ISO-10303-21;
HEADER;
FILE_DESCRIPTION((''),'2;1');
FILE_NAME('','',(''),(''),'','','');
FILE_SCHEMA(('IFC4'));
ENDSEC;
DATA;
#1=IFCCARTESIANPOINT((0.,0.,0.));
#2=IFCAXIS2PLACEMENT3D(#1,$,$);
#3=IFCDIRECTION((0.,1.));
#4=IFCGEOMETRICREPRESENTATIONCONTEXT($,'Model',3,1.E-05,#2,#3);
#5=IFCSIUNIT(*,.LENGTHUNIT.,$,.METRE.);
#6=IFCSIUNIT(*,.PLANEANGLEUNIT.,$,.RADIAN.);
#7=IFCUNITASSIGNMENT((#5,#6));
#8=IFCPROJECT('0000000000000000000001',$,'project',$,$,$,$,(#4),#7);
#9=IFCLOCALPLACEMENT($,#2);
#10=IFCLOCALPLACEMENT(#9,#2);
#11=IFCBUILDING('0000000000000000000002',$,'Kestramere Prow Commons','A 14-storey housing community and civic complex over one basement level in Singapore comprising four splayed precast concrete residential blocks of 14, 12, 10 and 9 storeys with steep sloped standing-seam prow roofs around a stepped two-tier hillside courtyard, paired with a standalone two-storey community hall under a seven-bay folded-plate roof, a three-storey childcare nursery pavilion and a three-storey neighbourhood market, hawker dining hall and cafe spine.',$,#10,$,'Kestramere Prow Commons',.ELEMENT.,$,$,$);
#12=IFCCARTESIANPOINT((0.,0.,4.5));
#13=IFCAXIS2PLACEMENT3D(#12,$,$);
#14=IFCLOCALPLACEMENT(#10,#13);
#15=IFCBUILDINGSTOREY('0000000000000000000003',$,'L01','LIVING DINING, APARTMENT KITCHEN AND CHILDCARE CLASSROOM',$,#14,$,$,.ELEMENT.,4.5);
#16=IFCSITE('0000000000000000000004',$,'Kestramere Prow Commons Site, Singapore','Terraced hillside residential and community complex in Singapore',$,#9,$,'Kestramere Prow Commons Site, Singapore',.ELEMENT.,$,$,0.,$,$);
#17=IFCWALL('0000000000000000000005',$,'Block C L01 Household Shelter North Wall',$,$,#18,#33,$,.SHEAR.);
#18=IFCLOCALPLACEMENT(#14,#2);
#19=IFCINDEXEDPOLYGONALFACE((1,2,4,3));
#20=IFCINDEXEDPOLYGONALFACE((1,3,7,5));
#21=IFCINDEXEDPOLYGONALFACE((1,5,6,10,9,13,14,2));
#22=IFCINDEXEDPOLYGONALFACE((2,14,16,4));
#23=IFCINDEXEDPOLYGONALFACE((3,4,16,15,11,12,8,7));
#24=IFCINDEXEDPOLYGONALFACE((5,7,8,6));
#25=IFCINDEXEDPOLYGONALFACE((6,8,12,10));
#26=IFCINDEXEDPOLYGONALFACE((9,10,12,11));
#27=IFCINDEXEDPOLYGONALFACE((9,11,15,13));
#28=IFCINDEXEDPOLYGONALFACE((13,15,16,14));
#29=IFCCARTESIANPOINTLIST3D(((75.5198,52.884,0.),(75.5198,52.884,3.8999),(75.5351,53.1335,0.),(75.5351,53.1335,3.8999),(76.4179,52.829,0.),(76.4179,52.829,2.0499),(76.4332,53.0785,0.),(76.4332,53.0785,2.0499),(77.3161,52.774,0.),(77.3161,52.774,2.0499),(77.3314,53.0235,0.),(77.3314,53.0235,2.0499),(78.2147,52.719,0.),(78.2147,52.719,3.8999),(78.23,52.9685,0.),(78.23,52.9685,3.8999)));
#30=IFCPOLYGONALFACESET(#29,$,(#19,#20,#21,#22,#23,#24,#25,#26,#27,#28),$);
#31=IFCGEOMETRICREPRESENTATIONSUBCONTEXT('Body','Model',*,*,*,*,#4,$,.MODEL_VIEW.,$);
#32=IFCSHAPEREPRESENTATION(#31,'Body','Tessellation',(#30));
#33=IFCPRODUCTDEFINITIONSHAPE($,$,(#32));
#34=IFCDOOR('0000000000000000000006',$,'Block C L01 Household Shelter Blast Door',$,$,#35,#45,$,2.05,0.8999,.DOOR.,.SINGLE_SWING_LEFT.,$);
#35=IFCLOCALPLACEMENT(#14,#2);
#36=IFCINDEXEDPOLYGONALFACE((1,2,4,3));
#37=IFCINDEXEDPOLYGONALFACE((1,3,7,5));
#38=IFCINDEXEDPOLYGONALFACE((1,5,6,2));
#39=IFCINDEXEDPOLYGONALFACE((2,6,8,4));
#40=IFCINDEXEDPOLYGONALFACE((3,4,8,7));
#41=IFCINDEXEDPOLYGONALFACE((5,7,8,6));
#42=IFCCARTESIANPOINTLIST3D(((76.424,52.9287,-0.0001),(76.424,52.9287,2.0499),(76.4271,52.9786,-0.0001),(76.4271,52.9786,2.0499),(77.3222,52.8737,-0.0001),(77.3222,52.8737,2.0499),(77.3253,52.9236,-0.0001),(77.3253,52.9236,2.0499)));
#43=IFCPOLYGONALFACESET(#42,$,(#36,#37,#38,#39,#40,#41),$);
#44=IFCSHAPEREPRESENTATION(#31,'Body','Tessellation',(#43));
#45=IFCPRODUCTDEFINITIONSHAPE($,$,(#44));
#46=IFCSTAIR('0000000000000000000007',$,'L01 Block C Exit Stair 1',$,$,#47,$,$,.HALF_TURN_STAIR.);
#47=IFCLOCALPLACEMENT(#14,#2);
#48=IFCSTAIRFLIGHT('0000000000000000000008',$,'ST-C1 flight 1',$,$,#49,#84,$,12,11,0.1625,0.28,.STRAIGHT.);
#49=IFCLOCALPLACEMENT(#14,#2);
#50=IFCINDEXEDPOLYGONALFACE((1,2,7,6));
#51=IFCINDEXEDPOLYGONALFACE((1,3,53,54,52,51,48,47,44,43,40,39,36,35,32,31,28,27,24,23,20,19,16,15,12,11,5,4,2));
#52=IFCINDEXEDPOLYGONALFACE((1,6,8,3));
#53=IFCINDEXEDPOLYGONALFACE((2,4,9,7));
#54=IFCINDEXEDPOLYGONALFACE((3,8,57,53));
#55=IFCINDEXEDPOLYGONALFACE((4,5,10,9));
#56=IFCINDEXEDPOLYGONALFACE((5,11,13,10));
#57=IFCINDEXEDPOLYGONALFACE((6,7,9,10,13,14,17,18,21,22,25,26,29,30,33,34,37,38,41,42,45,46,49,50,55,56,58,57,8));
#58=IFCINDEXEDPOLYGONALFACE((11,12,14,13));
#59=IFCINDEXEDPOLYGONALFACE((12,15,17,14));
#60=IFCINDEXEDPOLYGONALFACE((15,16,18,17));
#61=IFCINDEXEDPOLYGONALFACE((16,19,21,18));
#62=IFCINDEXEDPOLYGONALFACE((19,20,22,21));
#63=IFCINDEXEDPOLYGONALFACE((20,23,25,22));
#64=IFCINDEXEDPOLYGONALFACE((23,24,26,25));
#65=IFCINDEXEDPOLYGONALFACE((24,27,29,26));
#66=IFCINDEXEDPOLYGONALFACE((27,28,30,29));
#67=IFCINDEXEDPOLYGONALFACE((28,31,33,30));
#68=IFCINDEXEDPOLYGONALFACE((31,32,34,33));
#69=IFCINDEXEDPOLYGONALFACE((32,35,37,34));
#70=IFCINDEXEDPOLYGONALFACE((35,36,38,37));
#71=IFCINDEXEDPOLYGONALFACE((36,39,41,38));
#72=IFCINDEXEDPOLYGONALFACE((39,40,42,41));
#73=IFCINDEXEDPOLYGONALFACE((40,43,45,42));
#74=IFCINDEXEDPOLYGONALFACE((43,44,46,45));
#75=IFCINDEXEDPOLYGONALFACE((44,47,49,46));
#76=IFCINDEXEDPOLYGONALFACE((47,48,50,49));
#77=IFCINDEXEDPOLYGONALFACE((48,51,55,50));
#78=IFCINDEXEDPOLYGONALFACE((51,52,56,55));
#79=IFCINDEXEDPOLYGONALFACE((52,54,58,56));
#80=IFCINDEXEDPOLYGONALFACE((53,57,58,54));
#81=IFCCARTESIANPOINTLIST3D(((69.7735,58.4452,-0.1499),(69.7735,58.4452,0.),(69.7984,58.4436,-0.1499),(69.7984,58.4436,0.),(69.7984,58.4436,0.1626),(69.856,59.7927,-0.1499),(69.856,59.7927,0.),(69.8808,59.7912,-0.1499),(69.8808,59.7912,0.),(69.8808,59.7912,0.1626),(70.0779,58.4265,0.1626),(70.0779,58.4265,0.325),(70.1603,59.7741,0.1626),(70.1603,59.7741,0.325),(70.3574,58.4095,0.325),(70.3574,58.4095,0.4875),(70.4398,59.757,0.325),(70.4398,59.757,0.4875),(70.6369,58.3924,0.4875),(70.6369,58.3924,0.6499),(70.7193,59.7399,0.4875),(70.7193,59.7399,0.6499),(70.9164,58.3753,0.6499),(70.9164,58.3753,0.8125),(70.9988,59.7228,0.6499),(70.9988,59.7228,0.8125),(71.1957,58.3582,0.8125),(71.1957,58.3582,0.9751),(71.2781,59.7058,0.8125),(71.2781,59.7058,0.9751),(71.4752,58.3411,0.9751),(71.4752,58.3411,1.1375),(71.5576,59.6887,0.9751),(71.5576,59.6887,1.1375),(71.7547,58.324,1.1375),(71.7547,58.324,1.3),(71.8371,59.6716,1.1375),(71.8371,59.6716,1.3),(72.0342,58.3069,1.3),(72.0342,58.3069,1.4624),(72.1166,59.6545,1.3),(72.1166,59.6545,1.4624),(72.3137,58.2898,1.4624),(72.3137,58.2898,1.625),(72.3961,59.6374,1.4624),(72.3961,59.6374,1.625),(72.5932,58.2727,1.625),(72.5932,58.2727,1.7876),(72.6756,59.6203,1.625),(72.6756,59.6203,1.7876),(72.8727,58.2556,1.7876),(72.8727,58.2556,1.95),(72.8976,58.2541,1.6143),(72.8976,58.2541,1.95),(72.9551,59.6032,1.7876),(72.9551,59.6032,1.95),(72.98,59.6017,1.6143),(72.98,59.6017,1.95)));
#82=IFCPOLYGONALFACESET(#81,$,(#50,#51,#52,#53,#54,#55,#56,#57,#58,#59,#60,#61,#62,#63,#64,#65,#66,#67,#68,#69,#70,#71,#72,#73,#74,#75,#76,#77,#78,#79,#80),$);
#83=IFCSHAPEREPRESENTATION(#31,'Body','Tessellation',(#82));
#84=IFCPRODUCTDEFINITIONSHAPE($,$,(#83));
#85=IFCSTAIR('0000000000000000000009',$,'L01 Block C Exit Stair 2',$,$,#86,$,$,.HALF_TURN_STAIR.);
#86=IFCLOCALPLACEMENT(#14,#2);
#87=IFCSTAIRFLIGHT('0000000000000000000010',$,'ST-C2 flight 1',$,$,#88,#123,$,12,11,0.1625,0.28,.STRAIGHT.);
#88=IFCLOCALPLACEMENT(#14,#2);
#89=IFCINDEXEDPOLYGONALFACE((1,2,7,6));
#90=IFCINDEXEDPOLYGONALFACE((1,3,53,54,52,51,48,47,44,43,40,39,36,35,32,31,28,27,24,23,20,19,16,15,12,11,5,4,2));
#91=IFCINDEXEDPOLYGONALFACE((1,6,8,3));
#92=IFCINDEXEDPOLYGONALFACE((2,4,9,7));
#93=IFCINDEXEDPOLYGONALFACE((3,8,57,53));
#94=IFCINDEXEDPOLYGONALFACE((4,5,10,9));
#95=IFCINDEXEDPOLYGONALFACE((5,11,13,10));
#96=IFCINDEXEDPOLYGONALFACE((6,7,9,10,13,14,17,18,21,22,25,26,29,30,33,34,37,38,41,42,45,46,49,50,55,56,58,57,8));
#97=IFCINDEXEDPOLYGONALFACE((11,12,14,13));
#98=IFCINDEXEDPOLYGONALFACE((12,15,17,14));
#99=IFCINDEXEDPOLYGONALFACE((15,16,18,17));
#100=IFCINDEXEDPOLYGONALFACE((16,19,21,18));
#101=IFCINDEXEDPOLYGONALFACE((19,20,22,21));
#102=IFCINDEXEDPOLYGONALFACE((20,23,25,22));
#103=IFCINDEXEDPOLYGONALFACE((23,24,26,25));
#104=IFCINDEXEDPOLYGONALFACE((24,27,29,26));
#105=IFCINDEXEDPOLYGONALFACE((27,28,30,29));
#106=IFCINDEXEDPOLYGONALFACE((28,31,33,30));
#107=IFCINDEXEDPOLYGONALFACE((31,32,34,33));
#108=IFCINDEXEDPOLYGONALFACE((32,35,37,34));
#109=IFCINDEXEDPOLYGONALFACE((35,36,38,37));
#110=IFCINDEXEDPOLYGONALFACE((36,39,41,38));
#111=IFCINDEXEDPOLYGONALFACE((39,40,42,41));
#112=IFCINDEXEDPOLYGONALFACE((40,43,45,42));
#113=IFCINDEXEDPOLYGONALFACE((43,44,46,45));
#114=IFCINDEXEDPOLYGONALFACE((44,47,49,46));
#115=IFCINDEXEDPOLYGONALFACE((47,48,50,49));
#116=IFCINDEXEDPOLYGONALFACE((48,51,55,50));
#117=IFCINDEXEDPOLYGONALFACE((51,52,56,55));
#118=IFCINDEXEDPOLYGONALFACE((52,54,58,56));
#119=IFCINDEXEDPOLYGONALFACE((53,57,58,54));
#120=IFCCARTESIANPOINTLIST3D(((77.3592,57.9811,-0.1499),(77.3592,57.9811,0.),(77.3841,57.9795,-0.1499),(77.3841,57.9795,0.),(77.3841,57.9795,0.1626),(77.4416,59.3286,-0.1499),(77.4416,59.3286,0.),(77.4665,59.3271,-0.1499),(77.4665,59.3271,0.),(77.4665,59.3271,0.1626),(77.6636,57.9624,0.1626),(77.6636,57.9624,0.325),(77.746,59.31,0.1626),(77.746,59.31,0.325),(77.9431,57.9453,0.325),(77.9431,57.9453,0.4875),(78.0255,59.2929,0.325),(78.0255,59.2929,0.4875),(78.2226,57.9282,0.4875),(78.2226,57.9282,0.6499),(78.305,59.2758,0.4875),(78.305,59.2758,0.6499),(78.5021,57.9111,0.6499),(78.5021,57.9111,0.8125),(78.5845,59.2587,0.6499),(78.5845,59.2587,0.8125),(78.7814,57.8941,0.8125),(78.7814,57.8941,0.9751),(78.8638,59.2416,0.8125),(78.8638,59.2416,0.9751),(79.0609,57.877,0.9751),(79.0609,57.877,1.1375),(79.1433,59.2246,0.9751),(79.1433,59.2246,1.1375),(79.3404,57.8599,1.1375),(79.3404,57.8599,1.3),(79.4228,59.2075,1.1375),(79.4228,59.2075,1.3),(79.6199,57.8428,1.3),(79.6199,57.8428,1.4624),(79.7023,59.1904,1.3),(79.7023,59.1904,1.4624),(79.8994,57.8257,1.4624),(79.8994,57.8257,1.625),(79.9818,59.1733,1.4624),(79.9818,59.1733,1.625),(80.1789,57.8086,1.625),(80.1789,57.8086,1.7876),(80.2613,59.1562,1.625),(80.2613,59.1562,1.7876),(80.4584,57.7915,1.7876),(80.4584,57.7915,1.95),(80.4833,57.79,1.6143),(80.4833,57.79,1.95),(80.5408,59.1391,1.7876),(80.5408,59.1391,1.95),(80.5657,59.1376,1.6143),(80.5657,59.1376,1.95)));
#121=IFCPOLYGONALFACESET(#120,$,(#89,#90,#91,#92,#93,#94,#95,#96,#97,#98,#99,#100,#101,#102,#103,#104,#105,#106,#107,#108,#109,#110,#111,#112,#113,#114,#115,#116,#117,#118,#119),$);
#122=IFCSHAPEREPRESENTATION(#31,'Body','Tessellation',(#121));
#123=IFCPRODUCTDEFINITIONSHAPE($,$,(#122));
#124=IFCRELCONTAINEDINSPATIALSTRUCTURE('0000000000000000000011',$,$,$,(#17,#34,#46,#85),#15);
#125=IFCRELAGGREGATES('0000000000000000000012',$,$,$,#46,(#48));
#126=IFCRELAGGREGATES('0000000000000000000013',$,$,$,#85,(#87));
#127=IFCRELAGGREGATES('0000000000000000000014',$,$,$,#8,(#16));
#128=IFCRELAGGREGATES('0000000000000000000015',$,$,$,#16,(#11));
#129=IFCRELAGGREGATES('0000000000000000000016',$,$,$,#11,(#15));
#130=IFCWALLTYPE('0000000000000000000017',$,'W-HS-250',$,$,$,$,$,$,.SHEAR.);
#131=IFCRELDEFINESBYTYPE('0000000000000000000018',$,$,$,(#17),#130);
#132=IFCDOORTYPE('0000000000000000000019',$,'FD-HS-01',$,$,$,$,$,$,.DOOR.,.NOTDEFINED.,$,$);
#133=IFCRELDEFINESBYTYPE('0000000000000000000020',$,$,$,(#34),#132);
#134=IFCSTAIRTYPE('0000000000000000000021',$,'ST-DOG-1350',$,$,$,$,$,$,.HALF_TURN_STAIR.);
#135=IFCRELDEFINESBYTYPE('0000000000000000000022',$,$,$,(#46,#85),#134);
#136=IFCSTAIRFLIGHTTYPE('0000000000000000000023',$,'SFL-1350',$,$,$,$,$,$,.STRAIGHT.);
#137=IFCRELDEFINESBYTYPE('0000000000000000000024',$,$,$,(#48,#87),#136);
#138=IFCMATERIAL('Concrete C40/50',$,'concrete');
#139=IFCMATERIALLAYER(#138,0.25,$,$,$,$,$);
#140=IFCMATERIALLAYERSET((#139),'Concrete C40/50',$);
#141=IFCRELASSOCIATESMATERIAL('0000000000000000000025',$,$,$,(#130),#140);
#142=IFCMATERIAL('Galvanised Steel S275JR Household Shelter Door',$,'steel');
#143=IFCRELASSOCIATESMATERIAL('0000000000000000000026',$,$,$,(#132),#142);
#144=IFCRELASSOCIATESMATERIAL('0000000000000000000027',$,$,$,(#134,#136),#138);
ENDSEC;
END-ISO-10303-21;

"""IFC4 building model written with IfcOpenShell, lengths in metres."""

from ifc_helpers import new_model, si_unit, direction, frame, frame_2d, origin, place, context, subcontext, project, spatial, polyline, rectangle, outline, extrude, material, layer, layer_set, type_object, element, fill, aggregate, save


model = new_model("IFC4")

# Units and contexts
model_context = context("Model", 3, precision=1e-05, world=origin(), true_north=direction((0.0, 1.0)))
body_context = subcontext(model_context, "Body", "Model", "MODEL_VIEW")
ifc_project = project(units=[si_unit("LENGTHUNIT", "METRE"), si_unit("PLANEANGLEUNIT", "RADIAN")], contexts=[model_context])

# Site, building, storey
site_placement = place(None, origin())
site = spatial("IfcSite", under=ifc_project, at=site_placement, Name="Kestramere Prow Commons Site, Singapore", Description="Terraced hillside residential and community complex in Singapore", LongName="Kestramere Prow Commons Site, Singapore", CompositionType="ELEMENT", RefElevation=0.0)
building_placement = place(site_placement, origin())
building = spatial("IfcBuilding", under=site, at=building_placement, Name="Kestramere Prow Commons", Description="A 14-storey housing community and civic complex over one basement level in Singapore comprising four splayed precast concrete residential blocks of 14, 12, 10 and 9 storeys with steep sloped standing-seam prow roofs around a stepped two-tier hillside courtyard, paired with a standalone two-storey community hall under a seven-bay folded-plate roof, a three-storey childcare nursery pavilion and a three-storey neighbourhood market, hawker dining hall and cafe spine.", LongName="Kestramere Prow Commons", CompositionType="ELEMENT")
storey_placement = place(building_placement, frame((0.0, 0.0, 4.5)))
storey = spatial("IfcBuildingStorey", under=building, at=storey_placement, Name="L01", Description="LIVING DINING, APARTMENT KITCHEN AND CHILDCARE CLASSROOM", CompositionType="ELEMENT", Elevation=4.5)

# Shared definitions
ifc_material_1 = material(Name="Concrete C40/50", Category="concrete")

# Wall, opening, door
ifc_layer_1 = layer(ifc_material_1, 0.25)
ifc_layer_set_1 = layer_set([ifc_layer_1], Name="Concrete C40/50")
wall_type_1 = type_object("IfcWallType", Name="W-HS-250", PredefinedType="SHEAR", material=ifc_layer_set_1)
wall_1_placement = place(storey_placement, frame((75.5273, 53.0088, 0.0), z_axis=(0.0, 0.0, 1.0), x_axis=(0.99813, -0.061128, 0.0)))
wall_1 = element("IfcWall", 1, at=wall_1_placement, inside=storey, type_object=wall_type_1, Name="Block C L01 Household Shelter North Wall", PredefinedType="SHEAR", context=body_context, shape_type="SweptSolid", body=[
    extrude(rectangle(XDim=2.7, YDim=0.25, at=frame_2d((1.3501, 0.0))), origin(), (0.0, 0.0, 1.0), 3.8999),
])
opening_1_placement = place(wall_1_placement, frame((0.8999, 0.0, 0.0)))
opening_1 = element("IfcOpeningElement", 2, at=opening_1_placement, cuts=wall_1, PredefinedType="OPENING", context=body_context, shape_type="SweptSolid", body=[
    extrude(rectangle(XDim=0.8999, YDim=2.05, at=frame_2d((0.45, 1.0249))), frame((0.0, 0.1399, 0.0), z_axis=(0.0, -1.0, 0.0), x_axis=(1.0, 0.0, 0.0)), (0.0, 0.0, 1.0), 0.28),
])
ifc_material_2 = material(Name="Galvanised Steel S275JR Household Shelter Door", Category="steel")
door_type_1 = type_object("IfcDoorType", Name="FD-HS-01", OperationType="NOTDEFINED", PredefinedType="DOOR", material=ifc_material_2)
door_1_placement = place(opening_1_placement, origin())
door_1 = element("IfcDoor", 3, at=door_1_placement, inside=storey, type_object=door_type_1, Name="Block C L01 Household Shelter Blast Door", OperationType="SINGLE_SWING_LEFT", OverallHeight=2.05, OverallWidth=0.8999, PredefinedType="DOOR", context=body_context, shape_type="SweptSolid", body=[
    extrude(rectangle(XDim=0.8999, YDim=2.05, at=frame_2d((0.45, 1.0249))), frame((0.0, 0.0249, 0.0), z_axis=(0.0, -1.0, 0.0), x_axis=(1.0, 0.0, 0.0)), (0.0, 0.0, 1.0), 0.05),
])
fill(opening_1, door_1)

# Stairs, stair flights
stair_type = type_object("IfcStairType", Name="ST-DOG-1350", PredefinedType="HALF_TURN_STAIR", material=ifc_material_1)
stair_1_placement = place(storey_placement, origin())
stair_1 = element("IfcStair", 4, at=stair_1_placement, inside=storey, type_object=stair_type, Name="L01 Block C Exit Stair 1", PredefinedType="HALF_TURN_STAIR")
stair_flight_type = type_object("IfcStairFlightType", Name="SFL-1350", PredefinedType="STRAIGHT", material=ifc_material_1)
stair_flight_1_placement = place(storey_placement, frame((69.8396, 59.1174, 0.0), z_axis=(0.0, 0.0, 1.0), x_axis=(0.998135, -0.061049, 0.0)))
stair_flight_1 = element("IfcStairFlight", 5, at=stair_flight_1_placement, type_object=stair_flight_type, Name="ST-C1 flight 1", NumberOfRisers=12, NumberOfTreads=11, PredefinedType="STRAIGHT", RiserHeight=0.1625, TreadLength=0.28, context=body_context, shape_type="SweptSolid", body=[
    extrude(outline(polyline([(-0.0249, 0.0), (0.0, 0.0), (0.0, 0.1626), (0.28, 0.1626), (0.28, 0.325), (0.5601, 0.325), (0.5601, 0.4875), (0.8401, 0.4875), (0.8401, 0.6499), (1.1201, 0.6499), (1.1201, 0.8125), (1.3999, 0.8125), (1.3999, 0.9751), (1.6799, 0.9751), (1.6799, 1.1375), (1.96, 1.1375), (1.96, 1.3), (2.24, 1.3), (2.24, 1.4624), (2.52, 1.4624), (2.52, 1.625), (2.8, 1.625), (2.8, 1.7876), (3.0801, 1.7876), (3.0801, 1.95), (3.105, 1.95), (3.105, 1.6143), (0.0, -0.1499), (-0.0249, -0.1499), (-0.0249, 0.0)])), frame((0.0, 0.675, 0.0), z_axis=(0.0, -1.0, 0.0), x_axis=(1.0, 0.0, 0.0)), (0.0, 0.0, 1.0), 1.3501),
])
aggregate(stair_1, [stair_flight_1])
stair_2_placement = place(storey_placement, origin())
stair_2 = element("IfcStair", 6, at=stair_2_placement, inside=storey, type_object=stair_type, Name="L01 Block C Exit Stair 2", PredefinedType="HALF_TURN_STAIR")
stair_flight_2_placement = place(storey_placement, frame((77.4253, 58.6533, 0.0), z_axis=(0.0, 0.0, 1.0), x_axis=(0.998135, -0.061049, 0.0)))
stair_flight_2 = element("IfcStairFlight", 7, at=stair_flight_2_placement, type_object=stair_flight_type, Name="ST-C2 flight 1", NumberOfRisers=12, NumberOfTreads=11, PredefinedType="STRAIGHT", RiserHeight=0.1625, TreadLength=0.28, context=body_context, shape_type="SweptSolid", body=[
    extrude(outline(polyline([(-0.0249, 0.0), (0.0, 0.0), (0.0, 0.1626), (0.28, 0.1626), (0.28, 0.325), (0.5601, 0.325), (0.5601, 0.4875), (0.8401, 0.4875), (0.8401, 0.6499), (1.1201, 0.6499), (1.1201, 0.8125), (1.3999, 0.8125), (1.3999, 0.9751), (1.6799, 0.9751), (1.6799, 1.1375), (1.96, 1.1375), (1.96, 1.3), (2.24, 1.3), (2.24, 1.4624), (2.52, 1.4624), (2.52, 1.625), (2.8, 1.625), (2.8, 1.7876), (3.0801, 1.7876), (3.0801, 1.95), (3.105, 1.95), (3.105, 1.6143), (0.0, -0.1499), (-0.0249, -0.1499), (-0.0249, 0.0)])), frame((0.0, 0.675, 0.0), z_axis=(0.0, -1.0, 0.0), x_axis=(1.0, 0.0, 0.0)), (0.0, 0.0, 1.0), 1.3501),
])
aggregate(stair_2, [stair_flight_2])

save(model, "model.ifc")
